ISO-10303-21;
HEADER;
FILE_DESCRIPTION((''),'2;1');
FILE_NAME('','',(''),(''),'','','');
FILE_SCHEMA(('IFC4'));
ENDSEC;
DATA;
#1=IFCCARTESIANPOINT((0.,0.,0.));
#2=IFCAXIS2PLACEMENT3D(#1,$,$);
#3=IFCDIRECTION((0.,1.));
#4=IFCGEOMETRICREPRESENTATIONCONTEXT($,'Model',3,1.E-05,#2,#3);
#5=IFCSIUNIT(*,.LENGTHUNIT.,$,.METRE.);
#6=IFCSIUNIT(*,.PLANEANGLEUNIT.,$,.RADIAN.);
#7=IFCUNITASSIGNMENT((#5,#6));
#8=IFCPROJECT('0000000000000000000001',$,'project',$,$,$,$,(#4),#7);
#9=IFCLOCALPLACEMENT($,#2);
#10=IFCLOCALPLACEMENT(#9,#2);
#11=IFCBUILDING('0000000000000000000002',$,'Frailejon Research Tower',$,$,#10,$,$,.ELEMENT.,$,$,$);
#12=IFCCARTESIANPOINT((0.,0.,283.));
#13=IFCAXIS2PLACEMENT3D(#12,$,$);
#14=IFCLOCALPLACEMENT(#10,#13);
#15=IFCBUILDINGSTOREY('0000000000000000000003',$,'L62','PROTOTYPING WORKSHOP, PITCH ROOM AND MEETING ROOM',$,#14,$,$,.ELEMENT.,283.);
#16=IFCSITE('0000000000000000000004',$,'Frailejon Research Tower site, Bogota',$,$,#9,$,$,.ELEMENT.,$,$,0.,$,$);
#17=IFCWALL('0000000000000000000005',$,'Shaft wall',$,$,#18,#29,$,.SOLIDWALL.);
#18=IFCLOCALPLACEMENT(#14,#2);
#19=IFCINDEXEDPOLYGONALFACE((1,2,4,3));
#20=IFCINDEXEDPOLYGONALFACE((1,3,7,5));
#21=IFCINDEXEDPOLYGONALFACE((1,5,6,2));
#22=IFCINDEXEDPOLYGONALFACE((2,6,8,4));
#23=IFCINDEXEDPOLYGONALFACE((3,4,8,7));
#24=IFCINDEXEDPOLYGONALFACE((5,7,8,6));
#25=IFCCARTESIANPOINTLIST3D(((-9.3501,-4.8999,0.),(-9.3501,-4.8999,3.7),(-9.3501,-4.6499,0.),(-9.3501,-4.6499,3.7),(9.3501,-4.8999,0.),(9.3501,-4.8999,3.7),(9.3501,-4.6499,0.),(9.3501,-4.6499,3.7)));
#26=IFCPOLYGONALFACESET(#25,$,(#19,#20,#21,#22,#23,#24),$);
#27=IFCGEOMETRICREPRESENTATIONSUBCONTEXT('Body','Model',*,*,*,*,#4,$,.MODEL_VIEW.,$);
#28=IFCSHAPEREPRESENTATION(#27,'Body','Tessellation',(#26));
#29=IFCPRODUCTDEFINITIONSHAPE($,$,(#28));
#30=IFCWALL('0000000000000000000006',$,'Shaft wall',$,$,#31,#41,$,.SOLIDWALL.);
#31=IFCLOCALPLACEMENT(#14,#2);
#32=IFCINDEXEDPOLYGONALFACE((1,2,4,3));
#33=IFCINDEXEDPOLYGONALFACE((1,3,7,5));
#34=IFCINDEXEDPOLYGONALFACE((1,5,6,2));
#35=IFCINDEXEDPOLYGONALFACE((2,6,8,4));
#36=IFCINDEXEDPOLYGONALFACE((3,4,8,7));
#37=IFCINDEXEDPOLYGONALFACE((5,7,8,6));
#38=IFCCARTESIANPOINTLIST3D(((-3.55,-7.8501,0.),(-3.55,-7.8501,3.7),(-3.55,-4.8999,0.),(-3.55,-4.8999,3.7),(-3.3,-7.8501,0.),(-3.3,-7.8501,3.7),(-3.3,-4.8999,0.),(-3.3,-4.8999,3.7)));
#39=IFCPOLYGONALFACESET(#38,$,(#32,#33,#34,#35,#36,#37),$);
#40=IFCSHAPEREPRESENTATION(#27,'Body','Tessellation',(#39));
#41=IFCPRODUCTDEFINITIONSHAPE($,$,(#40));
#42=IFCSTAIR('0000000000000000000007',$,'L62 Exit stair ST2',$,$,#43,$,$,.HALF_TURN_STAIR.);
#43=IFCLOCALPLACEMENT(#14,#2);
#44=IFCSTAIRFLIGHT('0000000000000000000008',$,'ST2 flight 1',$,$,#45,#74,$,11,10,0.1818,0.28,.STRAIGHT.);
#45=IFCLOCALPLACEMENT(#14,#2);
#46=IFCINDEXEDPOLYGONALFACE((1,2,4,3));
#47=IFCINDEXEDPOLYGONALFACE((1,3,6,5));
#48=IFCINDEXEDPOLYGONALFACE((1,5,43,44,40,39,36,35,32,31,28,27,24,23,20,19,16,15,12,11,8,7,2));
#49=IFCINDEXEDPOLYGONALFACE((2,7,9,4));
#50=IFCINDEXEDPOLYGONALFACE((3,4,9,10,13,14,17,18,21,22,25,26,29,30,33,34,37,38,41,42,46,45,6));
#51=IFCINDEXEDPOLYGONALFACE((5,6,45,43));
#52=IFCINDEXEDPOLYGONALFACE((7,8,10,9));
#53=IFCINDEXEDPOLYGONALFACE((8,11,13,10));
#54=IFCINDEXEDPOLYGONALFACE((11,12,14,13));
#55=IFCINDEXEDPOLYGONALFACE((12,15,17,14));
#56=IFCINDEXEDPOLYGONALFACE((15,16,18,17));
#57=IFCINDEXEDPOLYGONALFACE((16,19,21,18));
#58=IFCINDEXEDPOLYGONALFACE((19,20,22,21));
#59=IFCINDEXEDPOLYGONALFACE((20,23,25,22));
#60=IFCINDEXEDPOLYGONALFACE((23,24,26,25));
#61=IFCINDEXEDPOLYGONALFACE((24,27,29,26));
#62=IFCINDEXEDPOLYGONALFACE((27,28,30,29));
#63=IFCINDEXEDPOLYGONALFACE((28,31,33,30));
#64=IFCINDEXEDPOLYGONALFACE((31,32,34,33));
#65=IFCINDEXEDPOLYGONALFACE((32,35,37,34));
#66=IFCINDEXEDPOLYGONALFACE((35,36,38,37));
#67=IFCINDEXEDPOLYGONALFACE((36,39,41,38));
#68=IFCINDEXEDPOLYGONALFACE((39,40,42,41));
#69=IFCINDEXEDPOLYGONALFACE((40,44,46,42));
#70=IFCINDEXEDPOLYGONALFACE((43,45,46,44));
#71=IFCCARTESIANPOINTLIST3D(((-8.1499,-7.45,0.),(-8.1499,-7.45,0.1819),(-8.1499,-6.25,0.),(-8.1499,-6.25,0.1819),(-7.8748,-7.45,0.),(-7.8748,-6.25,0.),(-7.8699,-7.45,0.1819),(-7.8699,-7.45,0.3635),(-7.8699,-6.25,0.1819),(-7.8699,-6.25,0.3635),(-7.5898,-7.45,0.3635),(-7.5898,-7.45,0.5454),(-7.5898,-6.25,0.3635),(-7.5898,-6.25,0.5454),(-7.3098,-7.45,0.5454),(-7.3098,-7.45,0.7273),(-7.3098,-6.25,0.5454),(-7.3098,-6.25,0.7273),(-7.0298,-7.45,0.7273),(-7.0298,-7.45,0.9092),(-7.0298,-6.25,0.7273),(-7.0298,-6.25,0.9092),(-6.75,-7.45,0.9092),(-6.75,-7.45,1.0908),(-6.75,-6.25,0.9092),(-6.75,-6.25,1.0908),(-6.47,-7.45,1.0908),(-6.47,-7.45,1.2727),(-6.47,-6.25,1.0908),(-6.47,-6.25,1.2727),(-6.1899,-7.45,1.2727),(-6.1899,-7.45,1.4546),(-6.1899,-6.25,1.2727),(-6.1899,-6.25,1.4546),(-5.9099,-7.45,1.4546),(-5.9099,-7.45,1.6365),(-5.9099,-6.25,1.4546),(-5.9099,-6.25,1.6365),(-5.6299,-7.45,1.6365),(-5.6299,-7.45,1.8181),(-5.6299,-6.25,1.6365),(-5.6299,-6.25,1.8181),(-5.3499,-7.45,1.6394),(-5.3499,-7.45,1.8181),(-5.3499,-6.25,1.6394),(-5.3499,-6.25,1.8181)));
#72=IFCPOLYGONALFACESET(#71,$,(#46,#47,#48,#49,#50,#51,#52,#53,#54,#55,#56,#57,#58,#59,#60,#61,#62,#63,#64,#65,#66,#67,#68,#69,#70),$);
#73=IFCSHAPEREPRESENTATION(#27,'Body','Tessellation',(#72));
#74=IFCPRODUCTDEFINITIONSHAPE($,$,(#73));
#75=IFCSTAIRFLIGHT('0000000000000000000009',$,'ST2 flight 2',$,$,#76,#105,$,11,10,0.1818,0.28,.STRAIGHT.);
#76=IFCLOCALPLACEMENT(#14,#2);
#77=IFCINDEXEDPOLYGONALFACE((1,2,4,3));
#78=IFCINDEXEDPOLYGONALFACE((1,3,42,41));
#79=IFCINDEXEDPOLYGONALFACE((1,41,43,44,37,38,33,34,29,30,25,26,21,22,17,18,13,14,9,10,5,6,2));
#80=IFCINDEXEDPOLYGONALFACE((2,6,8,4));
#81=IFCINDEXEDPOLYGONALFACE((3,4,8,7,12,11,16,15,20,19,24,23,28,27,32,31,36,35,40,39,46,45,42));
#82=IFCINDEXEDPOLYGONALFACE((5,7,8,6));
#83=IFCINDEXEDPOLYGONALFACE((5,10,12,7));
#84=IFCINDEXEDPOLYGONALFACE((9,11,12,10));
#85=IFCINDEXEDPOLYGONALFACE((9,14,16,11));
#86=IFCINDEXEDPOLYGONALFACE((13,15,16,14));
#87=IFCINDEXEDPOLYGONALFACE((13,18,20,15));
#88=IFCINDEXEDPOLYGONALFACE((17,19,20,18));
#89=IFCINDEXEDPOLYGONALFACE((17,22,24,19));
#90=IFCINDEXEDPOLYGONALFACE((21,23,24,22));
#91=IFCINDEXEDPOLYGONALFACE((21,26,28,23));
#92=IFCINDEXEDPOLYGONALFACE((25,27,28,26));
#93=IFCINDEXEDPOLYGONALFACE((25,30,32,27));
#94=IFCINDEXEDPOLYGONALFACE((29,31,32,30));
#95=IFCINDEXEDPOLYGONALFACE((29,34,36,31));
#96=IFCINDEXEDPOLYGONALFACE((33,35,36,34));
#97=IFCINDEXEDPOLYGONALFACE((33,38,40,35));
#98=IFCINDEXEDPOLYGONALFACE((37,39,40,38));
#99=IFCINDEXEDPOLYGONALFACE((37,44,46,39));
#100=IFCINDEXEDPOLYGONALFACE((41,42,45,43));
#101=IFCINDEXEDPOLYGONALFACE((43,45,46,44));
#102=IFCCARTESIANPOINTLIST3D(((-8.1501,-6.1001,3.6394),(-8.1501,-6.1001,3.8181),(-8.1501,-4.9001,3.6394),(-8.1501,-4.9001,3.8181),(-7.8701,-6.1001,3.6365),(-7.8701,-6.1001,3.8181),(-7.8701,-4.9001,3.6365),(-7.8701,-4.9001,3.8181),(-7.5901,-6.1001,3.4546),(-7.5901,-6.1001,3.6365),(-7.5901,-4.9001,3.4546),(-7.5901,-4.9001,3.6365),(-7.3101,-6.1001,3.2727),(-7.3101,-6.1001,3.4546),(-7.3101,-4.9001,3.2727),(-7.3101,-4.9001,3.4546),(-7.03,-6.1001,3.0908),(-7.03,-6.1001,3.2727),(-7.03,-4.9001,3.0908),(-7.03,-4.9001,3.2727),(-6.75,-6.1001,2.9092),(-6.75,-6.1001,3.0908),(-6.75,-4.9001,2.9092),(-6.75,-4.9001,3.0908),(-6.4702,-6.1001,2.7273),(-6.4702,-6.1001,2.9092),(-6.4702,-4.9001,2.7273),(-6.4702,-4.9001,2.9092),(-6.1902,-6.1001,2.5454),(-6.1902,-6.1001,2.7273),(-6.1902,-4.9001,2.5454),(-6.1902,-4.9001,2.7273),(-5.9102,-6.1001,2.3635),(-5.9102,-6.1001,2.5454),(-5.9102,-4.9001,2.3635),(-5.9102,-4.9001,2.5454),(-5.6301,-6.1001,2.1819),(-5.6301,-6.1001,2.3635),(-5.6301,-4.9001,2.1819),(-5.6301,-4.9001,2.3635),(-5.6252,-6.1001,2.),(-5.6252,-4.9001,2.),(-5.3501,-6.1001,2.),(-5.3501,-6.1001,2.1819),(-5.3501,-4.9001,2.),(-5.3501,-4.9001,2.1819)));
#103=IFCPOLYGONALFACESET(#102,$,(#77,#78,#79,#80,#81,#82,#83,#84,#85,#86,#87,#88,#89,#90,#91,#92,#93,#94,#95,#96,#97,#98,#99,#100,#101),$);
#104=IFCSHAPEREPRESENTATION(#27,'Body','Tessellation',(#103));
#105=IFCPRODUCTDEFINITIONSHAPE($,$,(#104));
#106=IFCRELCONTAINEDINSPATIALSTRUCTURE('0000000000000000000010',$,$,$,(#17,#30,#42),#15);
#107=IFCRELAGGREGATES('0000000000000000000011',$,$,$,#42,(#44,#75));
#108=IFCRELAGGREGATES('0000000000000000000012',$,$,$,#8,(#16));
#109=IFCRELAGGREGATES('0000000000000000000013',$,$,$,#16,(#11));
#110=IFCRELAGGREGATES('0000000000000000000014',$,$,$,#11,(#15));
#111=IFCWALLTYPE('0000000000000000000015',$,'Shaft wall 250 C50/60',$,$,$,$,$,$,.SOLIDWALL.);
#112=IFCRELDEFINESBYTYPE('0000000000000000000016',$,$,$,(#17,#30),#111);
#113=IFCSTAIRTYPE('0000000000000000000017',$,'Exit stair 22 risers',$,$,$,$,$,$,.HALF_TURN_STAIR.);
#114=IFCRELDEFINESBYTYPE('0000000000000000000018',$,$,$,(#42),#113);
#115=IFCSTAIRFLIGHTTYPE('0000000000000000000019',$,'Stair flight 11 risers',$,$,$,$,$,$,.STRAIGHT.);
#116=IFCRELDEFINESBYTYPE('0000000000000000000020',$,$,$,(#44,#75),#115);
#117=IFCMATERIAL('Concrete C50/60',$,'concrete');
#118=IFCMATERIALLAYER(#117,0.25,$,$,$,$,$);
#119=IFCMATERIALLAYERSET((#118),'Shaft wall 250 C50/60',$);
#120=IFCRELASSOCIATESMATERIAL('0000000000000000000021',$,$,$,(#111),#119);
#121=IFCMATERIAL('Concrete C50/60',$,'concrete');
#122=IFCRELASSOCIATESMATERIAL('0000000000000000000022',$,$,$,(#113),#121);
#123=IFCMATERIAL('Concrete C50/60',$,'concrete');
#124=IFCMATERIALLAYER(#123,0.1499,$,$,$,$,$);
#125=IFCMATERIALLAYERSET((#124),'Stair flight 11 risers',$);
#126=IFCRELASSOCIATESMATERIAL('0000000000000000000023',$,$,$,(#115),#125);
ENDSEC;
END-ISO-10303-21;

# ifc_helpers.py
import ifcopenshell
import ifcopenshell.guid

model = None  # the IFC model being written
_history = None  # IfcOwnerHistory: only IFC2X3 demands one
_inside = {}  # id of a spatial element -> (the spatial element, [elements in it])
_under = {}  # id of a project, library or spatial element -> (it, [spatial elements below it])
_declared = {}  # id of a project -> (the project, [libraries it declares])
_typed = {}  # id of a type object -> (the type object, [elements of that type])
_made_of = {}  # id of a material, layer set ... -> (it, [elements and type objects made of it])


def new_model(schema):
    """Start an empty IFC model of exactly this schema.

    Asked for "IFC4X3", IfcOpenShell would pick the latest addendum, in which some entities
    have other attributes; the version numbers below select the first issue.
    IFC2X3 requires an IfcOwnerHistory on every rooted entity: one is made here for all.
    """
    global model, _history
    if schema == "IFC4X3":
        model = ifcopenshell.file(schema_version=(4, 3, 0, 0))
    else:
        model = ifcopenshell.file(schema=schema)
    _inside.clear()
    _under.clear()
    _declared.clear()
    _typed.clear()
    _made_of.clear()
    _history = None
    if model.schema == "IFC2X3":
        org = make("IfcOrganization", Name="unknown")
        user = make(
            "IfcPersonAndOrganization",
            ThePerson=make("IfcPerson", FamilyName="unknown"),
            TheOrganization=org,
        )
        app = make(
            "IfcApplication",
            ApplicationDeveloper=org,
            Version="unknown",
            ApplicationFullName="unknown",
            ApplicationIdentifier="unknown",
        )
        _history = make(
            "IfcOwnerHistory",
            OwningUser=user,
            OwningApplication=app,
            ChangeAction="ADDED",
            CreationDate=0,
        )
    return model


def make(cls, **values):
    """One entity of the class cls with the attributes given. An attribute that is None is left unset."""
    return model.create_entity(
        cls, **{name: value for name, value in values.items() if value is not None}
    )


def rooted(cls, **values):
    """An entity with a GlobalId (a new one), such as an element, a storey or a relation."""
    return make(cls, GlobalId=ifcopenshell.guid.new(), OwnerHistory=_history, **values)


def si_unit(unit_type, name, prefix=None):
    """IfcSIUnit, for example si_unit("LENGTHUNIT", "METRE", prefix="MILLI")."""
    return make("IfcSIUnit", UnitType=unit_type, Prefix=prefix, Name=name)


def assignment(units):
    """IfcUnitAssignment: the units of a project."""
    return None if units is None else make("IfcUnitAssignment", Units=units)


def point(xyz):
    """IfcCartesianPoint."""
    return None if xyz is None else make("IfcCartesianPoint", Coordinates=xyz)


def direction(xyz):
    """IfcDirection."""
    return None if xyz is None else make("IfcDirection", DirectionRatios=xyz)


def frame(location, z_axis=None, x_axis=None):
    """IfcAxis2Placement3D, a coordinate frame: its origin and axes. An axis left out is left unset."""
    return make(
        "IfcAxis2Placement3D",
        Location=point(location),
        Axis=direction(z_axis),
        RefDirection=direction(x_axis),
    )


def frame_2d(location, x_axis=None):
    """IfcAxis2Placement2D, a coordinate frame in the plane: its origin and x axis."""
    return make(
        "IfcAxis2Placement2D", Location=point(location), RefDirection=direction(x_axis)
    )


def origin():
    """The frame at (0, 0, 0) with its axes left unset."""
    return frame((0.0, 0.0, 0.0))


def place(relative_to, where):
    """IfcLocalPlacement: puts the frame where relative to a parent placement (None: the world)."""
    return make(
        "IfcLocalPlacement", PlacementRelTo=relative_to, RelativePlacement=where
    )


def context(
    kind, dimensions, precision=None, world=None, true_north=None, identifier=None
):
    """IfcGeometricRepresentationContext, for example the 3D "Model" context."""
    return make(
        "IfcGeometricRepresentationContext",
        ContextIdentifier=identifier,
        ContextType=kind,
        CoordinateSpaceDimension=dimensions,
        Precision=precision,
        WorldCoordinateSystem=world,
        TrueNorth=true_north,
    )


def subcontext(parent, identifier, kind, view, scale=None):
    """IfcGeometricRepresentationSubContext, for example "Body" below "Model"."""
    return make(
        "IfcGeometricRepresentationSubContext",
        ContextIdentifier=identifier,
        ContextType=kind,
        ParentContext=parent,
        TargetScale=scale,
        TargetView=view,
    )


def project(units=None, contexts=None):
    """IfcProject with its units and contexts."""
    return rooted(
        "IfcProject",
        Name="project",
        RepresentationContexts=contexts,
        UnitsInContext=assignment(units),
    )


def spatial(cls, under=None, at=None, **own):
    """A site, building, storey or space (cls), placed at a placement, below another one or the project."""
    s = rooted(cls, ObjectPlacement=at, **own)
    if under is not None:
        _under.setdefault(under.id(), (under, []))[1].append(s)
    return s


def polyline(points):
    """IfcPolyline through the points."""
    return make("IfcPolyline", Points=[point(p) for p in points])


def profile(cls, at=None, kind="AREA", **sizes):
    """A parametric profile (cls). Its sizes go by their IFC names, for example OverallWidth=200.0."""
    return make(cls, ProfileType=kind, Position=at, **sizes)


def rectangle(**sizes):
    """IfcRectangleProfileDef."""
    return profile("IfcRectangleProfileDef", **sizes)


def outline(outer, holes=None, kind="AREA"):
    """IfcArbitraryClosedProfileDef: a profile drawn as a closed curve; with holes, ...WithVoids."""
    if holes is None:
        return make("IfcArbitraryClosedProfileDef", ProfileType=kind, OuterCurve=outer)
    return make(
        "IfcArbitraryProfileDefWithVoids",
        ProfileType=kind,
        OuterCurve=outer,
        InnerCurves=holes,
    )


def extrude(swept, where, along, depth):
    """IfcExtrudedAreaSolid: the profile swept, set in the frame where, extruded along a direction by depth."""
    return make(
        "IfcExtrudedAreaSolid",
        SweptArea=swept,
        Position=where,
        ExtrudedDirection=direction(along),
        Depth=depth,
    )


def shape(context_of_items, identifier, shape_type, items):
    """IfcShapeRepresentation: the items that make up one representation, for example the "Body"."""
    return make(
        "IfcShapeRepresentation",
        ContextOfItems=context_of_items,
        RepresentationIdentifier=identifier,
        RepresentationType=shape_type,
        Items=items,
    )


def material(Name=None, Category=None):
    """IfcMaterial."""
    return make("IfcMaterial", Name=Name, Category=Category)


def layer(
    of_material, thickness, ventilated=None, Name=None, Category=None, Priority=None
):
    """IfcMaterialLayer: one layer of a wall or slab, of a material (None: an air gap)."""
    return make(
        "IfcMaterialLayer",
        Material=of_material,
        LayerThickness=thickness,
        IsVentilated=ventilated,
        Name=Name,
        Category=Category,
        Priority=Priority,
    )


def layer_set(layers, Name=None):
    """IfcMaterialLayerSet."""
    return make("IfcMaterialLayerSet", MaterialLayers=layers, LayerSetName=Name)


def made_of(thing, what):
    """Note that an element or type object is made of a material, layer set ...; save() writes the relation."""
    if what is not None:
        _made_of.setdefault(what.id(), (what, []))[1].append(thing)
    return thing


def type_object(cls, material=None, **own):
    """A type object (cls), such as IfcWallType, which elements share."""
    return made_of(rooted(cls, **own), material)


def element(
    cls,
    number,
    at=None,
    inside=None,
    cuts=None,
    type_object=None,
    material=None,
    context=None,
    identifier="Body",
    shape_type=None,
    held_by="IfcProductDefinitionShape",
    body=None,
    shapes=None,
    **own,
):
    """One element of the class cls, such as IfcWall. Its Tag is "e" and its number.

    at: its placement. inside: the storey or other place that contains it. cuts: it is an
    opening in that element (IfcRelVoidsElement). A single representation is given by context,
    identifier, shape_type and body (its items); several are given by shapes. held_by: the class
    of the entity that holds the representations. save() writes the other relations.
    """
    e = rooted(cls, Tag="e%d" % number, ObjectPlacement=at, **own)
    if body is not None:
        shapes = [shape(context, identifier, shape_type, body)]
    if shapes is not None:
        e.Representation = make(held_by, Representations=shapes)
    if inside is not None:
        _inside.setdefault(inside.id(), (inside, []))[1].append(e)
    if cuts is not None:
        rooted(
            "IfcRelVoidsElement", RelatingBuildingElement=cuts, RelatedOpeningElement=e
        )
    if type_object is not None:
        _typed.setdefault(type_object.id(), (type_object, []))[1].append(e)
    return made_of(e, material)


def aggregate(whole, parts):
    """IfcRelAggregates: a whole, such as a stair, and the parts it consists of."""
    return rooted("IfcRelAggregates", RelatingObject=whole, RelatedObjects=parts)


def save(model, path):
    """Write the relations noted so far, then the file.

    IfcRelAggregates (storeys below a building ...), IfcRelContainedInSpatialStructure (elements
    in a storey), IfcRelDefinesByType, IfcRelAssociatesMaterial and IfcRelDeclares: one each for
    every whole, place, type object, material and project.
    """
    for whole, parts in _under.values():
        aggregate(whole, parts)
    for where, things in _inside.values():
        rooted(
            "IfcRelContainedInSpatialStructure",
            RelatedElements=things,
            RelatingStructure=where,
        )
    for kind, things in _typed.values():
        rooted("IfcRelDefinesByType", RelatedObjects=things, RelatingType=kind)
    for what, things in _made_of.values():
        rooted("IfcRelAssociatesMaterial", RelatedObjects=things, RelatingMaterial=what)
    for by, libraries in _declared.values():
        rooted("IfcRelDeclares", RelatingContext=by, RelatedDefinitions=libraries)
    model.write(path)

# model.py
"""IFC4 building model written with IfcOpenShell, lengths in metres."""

from ifc_helpers import new_model, si_unit, direction, frame, frame_2d, origin, place, context, subcontext, project, spatial, polyline, rectangle, outline, extrude, material, layer, layer_set, type_object, element, aggregate, save


model = new_model("IFC4")

# Units and contexts
model_context = context("Model", 3, precision=1e-05, world=origin(), true_north=direction((0.0, 1.0)))
body_context = subcontext(model_context, "Body", "Model", "MODEL_VIEW")
ifc_project = project(units=[si_unit("LENGTHUNIT", "METRE"), si_unit("PLANEANGLEUNIT", "RADIAN")], contexts=[model_context])

# Site, building, storey
site_placement = place(None, origin())
site = spatial("IfcSite", under=ifc_project, at=site_placement, Name="Frailejon Research Tower site, Bogota", CompositionType="ELEMENT", RefElevation=0.0)
building_placement = place(site_placement, origin())
building = spatial("IfcBuilding", under=site, at=building_placement, Name="Frailejon Research Tower", CompositionType="ELEMENT")
storey_placement = place(building_placement, frame((0.0, 0.0, 283.0)))
storey = spatial("IfcBuildingStorey", under=building, at=storey_placement, Name="L62", Description="PROTOTYPING WORKSHOP, PITCH ROOM AND MEETING ROOM", CompositionType="ELEMENT", Elevation=283.0)

# Shared definitions
ifc_material_1 = material(Name="Concrete C50/60", Category="concrete")
ifc_layer_1 = layer(ifc_material_1, 0.25)
ifc_layer_set_1 = layer_set([ifc_layer_1], Name="Shaft wall 250 C50/60")
wall_type_1 = type_object("IfcWallType", Name="Shaft wall 250 C50/60", PredefinedType="SOLIDWALL", material=ifc_layer_set_1)

# Walls
wall_1_placement = place(storey_placement, frame((-9.3501, -4.7749, 0.0), z_axis=(0.0, 0.0, 1.0), x_axis=(1.0, 0.0, 0.0)))
element("IfcWall", 1, at=wall_1_placement, inside=storey, type_object=wall_type_1, Name="Shaft wall", PredefinedType="SOLIDWALL", context=body_context, shape_type="SweptSolid", body=[
    extrude(rectangle(XDim=18.7002, YDim=0.25, at=frame_2d((9.3501, 0.0))), origin(), (0.0, 0.0, 1.0), 3.7),
])
wall_2_placement = place(storey_placement, frame((-3.425, -7.8501, 0.0), z_axis=(0.0, 0.0, 1.0), x_axis=(0.0, 1.0, 0.0)))
element("IfcWall", 2, at=wall_2_placement, inside=storey, type_object=wall_type_1, Name="Shaft wall", PredefinedType="SOLIDWALL", context=body_context, shape_type="SweptSolid", body=[
    extrude(rectangle(XDim=2.9502, YDim=0.25, at=frame_2d((1.4751, 0.0))), origin(), (0.0, 0.0, 1.0), 3.7),
])

# Stair, stair flights
ifc_material_2 = material(Name="Concrete C50/60", Category="concrete")
stair_type = type_object("IfcStairType", Name="Exit stair 22 risers", PredefinedType="HALF_TURN_STAIR", material=ifc_material_2)
stair_placement = place(storey_placement, origin())
stair = element("IfcStair", 3, at=stair_placement, inside=storey, type_object=stair_type, Name="L62 Exit stair ST2", PredefinedType="HALF_TURN_STAIR")
ifc_material_3 = material(Name="Concrete C50/60", Category="concrete")
ifc_layer_2 = layer(ifc_material_3, 0.1499)
ifc_layer_set_2 = layer_set([ifc_layer_2], Name="Stair flight 11 risers")
stair_flight_type = type_object("IfcStairFlightType", Name="Stair flight 11 risers", PredefinedType="STRAIGHT", material=ifc_layer_set_2)
stair_flight_1_placement = place(storey_placement, frame((-8.1499, -6.8501, 0.0), z_axis=(0.0, 0.0, 1.0), x_axis=(1.0, 0.0, 0.0)))
stair_flight_1 = element("IfcStairFlight", 4, at=stair_flight_1_placement, type_object=stair_flight_type, Name="ST2 flight 1", NumberOfRisers=11, NumberOfTreads=10, PredefinedType="STRAIGHT", RiserHeight=0.1818, TreadLength=0.28, context=body_context, shape_type="SweptSolid", body=[
    extrude(outline(polyline([(0.0, 0.0), (0.0, 0.1819), (0.28, 0.1819), (0.28, 0.3635), (0.5601, 0.3635), (0.5601, 0.5454), (0.8401, 0.5454), (0.8401, 0.7273), (1.1201, 0.7273), (1.1201, 0.9092), (1.3999, 0.9092), (1.3999, 1.0908), (1.6799, 1.0908), (1.6799, 1.2727), (1.96, 1.2727), (1.96, 1.4546), (2.24, 1.4546), (2.24, 1.6365), (2.52, 1.6365), (2.52, 1.8181), (2.8, 1.8181), (2.8, 2.0), (2.8, 1.6394), (0.2751, 0.0), (0.0, 0.0)])), frame((0.0, 0.6001, 0.0), z_axis=(0.0, -1.0, 0.0), x_axis=(1.0, 0.0, 0.0)), (0.0, 0.0, 1.0), 1.2),
])
stair_flight_2_placement = place(storey_placement, frame((-5.3501, -5.5, 2.0), z_axis=(0.0, 0.0, 1.0), x_axis=(-1.0, 0.0, 0.0)))
stair_flight_2 = element("IfcStairFlight", 5, at=stair_flight_2_placement, type_object=stair_flight_type, Name="ST2 flight 2", NumberOfRisers=11, NumberOfTreads=10, PredefinedType="STRAIGHT", RiserHeight=0.1818, TreadLength=0.28, context=body_context, shape_type="SweptSolid", body=[
    extrude(outline(polyline([(0.0, 0.0), (0.0, 0.1819), (0.28, 0.1819), (0.28, 0.3635), (0.5601, 0.3635), (0.5601, 0.5454), (0.8401, 0.5454), (0.8401, 0.7273), (1.1201, 0.7273), (1.1201, 0.9092), (1.3999, 0.9092), (1.3999, 1.0908), (1.6799, 1.0908), (1.6799, 1.2727), (1.96, 1.2727), (1.96, 1.4546), (2.24, 1.4546), (2.24, 1.6365), (2.52, 1.6365), (2.52, 1.8181), (2.8, 1.8181), (2.8, 2.0), (2.8, 1.6394), (0.2751, 0.0), (0.0, 0.0)])), frame((0.0, 0.6001, 0.0), z_axis=(0.0, -1.0, 0.0), x_axis=(1.0, 0.0, 0.0)), (0.0, 0.0, 1.0), 1.2),
])
aggregate(stair, [stair_flight_1, stair_flight_2])

save(model, "model.ifc")
